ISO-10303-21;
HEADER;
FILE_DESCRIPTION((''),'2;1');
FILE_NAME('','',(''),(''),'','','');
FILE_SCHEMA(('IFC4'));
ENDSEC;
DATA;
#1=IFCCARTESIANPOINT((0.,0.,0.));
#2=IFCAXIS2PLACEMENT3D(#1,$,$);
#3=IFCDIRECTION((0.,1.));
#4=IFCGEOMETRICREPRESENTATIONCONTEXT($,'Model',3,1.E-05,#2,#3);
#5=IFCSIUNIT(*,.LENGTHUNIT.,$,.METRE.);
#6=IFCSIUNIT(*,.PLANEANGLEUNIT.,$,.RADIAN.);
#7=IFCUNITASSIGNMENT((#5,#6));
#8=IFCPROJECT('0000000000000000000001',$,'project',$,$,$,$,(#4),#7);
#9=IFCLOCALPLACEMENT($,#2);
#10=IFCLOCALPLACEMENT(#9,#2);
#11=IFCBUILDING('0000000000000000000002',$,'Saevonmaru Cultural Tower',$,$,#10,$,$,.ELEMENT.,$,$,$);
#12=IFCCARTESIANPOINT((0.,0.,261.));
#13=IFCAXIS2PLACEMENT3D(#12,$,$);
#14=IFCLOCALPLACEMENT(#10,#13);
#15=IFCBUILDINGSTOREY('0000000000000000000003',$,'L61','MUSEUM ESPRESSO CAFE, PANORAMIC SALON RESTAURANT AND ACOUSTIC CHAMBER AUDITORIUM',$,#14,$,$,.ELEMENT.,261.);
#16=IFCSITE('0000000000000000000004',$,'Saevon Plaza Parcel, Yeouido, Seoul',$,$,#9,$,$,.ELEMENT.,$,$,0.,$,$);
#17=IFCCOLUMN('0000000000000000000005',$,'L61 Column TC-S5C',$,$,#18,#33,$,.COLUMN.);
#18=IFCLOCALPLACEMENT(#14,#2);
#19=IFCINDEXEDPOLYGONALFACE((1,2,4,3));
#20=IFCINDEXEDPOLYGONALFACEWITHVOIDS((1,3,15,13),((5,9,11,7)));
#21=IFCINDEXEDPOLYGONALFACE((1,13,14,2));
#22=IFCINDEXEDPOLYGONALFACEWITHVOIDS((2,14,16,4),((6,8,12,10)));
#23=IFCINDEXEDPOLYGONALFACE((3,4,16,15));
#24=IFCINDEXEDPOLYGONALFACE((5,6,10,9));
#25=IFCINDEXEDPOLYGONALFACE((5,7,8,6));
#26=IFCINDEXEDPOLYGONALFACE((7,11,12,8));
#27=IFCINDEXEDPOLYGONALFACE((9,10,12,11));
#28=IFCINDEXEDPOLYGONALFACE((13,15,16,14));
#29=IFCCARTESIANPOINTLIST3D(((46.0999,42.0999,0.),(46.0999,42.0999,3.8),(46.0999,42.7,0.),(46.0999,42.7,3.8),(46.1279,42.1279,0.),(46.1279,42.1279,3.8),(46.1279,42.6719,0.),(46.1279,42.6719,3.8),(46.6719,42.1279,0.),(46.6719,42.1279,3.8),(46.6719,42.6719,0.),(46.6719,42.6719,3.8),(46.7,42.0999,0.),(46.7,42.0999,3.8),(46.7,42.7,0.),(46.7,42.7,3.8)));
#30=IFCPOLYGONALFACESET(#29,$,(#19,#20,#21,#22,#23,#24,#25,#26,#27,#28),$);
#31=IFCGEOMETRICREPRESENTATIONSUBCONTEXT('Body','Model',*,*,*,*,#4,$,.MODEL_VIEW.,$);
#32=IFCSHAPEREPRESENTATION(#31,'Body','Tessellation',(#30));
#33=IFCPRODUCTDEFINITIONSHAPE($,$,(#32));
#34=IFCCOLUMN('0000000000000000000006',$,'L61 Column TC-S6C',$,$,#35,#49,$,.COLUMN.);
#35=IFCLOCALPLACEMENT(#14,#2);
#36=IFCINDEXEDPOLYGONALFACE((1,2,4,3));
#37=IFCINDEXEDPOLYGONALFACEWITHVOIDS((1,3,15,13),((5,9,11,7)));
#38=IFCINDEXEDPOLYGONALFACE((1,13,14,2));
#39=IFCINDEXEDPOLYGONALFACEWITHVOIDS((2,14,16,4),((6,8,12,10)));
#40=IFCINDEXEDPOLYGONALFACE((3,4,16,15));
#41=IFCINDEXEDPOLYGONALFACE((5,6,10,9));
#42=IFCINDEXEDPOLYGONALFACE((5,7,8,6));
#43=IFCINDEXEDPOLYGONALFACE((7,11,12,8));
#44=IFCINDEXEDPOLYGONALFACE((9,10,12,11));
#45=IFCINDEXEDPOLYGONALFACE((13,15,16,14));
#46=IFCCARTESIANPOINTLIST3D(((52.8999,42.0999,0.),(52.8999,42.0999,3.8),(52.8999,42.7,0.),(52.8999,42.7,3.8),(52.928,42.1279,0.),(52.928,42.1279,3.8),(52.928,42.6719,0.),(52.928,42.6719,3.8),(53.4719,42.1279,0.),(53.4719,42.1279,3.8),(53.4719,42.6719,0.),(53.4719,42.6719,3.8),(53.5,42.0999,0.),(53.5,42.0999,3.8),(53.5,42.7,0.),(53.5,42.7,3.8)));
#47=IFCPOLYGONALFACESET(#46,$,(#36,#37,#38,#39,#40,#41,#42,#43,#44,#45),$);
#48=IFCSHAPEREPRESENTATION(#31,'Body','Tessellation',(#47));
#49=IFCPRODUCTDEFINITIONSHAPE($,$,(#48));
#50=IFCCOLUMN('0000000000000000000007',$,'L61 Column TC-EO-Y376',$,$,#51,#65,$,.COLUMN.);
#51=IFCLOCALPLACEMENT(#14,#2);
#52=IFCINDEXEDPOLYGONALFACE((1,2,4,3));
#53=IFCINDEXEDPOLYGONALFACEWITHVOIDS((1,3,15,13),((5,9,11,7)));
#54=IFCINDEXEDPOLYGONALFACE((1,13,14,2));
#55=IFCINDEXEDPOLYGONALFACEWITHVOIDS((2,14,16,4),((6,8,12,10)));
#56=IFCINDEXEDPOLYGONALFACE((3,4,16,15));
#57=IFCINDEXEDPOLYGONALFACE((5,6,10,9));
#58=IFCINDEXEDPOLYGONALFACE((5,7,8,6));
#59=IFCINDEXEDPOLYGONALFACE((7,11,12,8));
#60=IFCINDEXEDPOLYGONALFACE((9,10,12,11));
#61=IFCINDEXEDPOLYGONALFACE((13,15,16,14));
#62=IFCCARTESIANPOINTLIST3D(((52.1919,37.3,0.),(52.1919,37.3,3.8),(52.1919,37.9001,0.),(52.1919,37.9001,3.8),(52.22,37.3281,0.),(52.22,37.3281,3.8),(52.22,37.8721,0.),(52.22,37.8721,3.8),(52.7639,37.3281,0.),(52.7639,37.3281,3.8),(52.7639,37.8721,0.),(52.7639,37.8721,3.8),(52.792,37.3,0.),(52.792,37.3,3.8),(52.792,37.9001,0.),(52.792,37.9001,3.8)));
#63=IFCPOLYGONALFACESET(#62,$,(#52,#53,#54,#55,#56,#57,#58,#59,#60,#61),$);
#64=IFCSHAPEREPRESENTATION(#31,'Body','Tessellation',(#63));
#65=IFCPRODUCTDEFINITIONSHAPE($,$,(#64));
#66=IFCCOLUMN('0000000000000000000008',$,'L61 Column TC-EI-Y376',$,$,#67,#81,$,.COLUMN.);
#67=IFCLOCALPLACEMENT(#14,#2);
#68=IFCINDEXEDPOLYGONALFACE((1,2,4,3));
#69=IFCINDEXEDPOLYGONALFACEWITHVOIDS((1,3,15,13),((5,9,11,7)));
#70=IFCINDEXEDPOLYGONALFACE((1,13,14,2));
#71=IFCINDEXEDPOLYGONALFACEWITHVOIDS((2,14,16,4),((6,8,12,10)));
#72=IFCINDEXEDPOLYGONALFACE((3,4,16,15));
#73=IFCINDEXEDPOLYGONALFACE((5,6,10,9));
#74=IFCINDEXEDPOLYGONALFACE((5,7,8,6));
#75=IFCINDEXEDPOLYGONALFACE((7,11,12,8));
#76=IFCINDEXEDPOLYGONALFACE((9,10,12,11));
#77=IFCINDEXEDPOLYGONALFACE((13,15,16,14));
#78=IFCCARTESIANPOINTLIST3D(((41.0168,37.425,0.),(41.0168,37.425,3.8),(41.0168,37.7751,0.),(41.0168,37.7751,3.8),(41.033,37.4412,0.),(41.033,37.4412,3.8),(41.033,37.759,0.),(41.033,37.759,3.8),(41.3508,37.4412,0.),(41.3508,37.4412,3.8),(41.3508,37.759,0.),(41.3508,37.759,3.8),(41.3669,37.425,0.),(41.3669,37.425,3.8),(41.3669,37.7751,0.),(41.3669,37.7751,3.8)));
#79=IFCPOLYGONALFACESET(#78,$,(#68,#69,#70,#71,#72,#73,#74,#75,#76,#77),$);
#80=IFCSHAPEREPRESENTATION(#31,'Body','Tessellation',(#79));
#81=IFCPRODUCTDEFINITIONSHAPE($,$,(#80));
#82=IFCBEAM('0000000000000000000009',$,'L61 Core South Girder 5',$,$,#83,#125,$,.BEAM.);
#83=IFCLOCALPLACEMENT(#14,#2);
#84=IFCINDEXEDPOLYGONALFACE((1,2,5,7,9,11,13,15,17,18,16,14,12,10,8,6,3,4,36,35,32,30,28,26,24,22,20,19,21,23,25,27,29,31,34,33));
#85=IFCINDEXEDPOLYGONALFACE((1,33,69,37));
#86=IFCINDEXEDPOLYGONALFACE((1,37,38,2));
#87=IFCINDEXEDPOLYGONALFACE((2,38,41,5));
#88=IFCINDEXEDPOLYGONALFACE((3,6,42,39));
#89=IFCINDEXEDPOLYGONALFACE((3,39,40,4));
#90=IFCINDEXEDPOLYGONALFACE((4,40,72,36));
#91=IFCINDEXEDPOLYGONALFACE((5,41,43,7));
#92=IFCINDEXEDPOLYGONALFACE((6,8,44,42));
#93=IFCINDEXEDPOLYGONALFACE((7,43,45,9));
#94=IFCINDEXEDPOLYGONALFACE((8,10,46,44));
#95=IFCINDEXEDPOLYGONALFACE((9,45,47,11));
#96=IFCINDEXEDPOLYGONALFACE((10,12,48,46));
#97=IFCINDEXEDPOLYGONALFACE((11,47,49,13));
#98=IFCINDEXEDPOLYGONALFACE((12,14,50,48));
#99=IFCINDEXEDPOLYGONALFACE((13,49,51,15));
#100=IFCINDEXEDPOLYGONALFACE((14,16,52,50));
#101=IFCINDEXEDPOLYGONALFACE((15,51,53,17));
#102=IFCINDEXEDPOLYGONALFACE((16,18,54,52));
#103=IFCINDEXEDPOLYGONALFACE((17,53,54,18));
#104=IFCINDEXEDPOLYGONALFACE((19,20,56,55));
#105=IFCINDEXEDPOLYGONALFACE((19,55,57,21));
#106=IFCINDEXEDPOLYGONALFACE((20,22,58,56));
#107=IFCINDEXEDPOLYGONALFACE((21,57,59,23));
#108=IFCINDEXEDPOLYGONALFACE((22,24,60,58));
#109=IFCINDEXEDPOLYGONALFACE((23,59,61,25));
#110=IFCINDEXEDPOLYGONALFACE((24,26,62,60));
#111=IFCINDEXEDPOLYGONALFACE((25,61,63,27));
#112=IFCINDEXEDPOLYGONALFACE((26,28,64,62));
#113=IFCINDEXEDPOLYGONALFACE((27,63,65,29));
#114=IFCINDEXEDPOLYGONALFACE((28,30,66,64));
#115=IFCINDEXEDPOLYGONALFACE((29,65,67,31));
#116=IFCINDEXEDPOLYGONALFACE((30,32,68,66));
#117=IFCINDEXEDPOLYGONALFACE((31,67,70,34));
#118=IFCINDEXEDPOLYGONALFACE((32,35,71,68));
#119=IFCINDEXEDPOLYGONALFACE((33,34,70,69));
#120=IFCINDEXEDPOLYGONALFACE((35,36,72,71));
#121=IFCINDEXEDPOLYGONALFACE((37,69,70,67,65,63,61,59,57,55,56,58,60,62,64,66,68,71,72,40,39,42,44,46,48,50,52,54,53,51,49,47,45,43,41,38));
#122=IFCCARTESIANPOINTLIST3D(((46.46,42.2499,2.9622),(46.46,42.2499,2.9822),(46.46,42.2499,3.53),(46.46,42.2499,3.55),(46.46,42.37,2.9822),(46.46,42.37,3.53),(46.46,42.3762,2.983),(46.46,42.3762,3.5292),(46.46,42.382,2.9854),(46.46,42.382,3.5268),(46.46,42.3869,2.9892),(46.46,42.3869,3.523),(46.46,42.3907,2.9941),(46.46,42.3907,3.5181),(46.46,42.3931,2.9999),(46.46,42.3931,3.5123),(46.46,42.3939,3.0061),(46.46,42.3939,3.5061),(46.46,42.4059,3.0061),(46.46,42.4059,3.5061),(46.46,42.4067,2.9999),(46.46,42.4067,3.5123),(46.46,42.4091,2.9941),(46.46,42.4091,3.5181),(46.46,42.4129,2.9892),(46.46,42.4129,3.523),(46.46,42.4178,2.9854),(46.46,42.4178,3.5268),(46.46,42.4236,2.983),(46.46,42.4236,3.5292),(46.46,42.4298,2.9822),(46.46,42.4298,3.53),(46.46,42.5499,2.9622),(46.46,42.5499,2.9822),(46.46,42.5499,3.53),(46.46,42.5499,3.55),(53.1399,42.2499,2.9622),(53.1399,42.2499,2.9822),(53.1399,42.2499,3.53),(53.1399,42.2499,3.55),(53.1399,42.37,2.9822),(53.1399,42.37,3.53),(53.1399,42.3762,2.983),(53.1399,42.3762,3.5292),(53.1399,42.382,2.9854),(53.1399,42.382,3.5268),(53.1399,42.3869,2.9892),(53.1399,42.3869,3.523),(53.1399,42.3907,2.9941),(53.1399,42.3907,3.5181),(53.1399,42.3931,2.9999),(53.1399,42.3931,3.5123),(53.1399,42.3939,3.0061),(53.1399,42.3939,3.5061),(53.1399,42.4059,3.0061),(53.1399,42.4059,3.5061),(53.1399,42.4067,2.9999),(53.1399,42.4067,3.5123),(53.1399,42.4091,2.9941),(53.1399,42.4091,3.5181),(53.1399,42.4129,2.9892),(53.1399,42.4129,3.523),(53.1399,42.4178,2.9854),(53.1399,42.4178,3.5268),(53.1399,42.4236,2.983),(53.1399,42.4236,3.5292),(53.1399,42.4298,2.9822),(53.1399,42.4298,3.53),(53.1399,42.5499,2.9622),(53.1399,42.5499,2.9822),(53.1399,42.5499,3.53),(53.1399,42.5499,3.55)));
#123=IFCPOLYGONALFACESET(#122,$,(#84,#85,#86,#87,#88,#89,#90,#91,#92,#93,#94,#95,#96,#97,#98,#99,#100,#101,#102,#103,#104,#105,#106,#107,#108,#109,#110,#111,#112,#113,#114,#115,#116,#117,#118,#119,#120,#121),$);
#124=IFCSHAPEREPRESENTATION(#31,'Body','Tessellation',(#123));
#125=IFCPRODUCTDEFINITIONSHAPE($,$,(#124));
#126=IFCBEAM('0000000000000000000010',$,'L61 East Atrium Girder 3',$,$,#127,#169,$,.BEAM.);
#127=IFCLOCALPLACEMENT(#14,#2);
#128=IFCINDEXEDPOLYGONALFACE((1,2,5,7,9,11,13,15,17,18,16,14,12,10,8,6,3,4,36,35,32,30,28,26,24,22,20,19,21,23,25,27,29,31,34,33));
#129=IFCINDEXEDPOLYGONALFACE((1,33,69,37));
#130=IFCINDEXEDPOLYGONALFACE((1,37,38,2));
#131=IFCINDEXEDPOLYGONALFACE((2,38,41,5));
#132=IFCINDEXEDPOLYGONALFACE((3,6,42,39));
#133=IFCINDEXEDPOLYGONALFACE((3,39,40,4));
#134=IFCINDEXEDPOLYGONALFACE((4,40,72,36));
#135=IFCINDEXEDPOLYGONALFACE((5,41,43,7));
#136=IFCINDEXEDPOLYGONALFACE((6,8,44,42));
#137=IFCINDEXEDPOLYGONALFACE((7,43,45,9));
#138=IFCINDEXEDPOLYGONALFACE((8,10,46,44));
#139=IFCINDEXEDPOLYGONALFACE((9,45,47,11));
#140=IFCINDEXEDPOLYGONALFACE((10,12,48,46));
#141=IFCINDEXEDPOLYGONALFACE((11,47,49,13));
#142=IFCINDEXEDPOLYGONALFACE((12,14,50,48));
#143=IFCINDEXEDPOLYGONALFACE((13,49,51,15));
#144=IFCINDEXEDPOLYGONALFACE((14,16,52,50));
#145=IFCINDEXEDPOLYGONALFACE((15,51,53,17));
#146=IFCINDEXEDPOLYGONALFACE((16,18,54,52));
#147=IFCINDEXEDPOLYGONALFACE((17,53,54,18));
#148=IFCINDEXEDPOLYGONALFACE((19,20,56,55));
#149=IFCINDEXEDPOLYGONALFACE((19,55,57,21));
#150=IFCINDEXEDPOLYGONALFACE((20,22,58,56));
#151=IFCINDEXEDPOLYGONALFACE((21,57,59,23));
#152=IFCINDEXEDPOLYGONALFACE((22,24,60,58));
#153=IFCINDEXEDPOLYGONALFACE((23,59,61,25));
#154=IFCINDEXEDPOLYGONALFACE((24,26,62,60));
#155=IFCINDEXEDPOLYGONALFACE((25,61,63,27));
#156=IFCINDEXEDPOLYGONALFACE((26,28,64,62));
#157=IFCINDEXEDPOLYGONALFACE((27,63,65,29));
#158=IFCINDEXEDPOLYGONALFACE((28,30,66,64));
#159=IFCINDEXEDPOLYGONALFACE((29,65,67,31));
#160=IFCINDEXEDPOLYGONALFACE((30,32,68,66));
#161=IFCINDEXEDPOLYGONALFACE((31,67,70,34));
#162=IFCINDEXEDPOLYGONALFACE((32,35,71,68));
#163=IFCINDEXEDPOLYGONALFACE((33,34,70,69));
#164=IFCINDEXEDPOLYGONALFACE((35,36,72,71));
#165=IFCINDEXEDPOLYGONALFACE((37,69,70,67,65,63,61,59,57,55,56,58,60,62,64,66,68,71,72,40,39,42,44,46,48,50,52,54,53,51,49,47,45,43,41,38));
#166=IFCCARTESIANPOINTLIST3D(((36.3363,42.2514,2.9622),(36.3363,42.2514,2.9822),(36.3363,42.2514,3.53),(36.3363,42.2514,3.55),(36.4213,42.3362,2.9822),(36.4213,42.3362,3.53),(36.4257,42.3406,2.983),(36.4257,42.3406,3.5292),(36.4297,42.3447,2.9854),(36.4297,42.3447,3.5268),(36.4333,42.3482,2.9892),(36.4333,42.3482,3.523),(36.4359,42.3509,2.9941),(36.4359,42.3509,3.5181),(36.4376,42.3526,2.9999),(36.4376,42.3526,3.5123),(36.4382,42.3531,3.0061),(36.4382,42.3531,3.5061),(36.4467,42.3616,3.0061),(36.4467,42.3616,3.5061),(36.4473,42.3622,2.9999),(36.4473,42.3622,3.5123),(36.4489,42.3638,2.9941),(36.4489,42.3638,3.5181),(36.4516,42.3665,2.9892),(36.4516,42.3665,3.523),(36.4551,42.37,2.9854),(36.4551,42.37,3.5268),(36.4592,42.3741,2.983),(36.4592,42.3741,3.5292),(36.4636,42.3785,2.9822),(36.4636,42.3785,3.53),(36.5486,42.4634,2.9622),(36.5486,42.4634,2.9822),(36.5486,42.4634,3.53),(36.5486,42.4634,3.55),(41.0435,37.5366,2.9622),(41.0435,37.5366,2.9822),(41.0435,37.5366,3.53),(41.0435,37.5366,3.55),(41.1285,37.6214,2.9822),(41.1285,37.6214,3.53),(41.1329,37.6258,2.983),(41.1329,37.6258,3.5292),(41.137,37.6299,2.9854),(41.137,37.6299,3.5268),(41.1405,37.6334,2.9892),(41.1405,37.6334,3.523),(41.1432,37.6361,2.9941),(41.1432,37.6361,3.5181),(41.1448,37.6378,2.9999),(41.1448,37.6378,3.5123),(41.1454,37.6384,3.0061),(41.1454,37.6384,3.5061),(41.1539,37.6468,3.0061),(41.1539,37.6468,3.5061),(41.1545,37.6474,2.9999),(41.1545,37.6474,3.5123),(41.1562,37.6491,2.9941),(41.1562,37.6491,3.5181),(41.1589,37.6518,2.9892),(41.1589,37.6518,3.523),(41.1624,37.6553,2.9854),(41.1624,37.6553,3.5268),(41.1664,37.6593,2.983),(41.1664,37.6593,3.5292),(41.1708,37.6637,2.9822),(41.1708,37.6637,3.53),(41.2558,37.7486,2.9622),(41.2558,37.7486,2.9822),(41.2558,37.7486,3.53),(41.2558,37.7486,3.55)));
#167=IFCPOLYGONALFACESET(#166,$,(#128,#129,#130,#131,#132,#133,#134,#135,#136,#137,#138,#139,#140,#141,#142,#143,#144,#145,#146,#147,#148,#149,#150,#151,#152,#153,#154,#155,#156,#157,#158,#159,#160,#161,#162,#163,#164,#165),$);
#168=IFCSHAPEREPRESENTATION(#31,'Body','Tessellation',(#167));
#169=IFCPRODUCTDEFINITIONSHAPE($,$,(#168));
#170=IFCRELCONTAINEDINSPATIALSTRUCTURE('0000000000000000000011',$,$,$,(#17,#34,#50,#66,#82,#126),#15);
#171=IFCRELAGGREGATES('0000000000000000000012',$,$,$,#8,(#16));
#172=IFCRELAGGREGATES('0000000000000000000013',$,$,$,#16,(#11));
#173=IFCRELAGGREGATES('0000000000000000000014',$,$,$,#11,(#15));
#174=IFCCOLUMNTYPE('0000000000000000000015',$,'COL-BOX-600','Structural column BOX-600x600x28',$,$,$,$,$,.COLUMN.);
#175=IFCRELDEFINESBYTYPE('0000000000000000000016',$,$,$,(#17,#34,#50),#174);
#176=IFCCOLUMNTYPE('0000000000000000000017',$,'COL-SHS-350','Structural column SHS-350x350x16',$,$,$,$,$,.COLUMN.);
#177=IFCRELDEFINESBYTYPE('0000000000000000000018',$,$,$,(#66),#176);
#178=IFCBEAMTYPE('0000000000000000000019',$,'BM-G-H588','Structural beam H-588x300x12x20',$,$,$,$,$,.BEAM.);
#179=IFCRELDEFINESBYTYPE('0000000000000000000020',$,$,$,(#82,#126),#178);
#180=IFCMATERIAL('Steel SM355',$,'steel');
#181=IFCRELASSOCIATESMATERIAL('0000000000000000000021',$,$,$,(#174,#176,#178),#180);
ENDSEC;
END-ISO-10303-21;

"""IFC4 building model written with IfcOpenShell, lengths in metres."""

from ifc_helpers import new_model, si_unit, direction, frame, origin, origin_2d, place, context, subcontext, project, spatial, hollow_rectangle, i_section, extrude, material, material_profile, profile_set, type_object, element, save


model = new_model("IFC4")

# Units and contexts
model_context = context("Model", 3, precision=1e-05, world=origin(), true_north=direction((0.0, 1.0)))
body_context = subcontext(model_context, "Body", "Model", "MODEL_VIEW")
ifc_project = project(units=[si_unit("LENGTHUNIT", "METRE"), si_unit("PLANEANGLEUNIT", "RADIAN")], contexts=[model_context])

# Site, building, storey
site_placement = place(None, origin())
site = spatial("IfcSite", under=ifc_project, at=site_placement, Name="Saevon Plaza Parcel, Yeouido, Seoul", CompositionType="ELEMENT", RefElevation=0.0)
building_placement = place(site_placement, origin())
building = spatial("IfcBuilding", under=site, at=building_placement, Name="Saevonmaru Cultural Tower", CompositionType="ELEMENT")
storey_placement = place(building_placement, frame((0.0, 0.0, 261.0)))
storey = spatial("IfcBuildingStorey", under=building, at=storey_placement, Name="L61", Description="MUSEUM ESPRESSO CAFE, PANORAMIC SALON RESTAURANT AND ACOUSTIC CHAMBER AUDITORIUM", CompositionType="ELEMENT", Elevation=261.0)

# Columns
ifc_material_1 = material(Name="Steel SM355", Category="steel")
ifc_material_profile_1 = material_profile(ifc_material_1, hollow_rectangle(XDim=0.6001, YDim=0.6001, WallThickness=0.0281, at=origin_2d()), Name="BOX-600x600x28")
ifc_profile_set_1 = profile_set([ifc_material_profile_1], Name="Steel SM355")
column_type_1 = type_object("IfcColumnType", Name="COL-BOX-600", Description="Structural column BOX-600x600x28", PredefinedType="COLUMN", material=ifc_profile_set_1)
for number, where, z_axis, x_axis, name in (
    (1, (46.3999, 42.3999, 0.0), (0.0, 0.0, 1.0), (1.0, 0.0, 0.0), "L61 Column TC-S5C"),
    (2, (53.2, 42.3999, 0.0), (0.0, 0.0, 1.0), (1.0, 0.0, 0.0), "L61 Column TC-S6C"),
    (3, (52.4919, 37.6001, 0.0), (0.0, 0.0, 1.0), (1.0, 0.0, 0.0), "L61 Column TC-EO-Y376"),
):
    element("IfcColumn", number, at=place(storey_placement, frame(where, z_axis=z_axis, x_axis=x_axis)), inside=storey, type_object=column_type_1, Name=name, PredefinedType="COLUMN", context=body_context, shape_type="SweptSolid", body=[
        extrude(hollow_rectangle(XDim=0.6001, YDim=0.6001, WallThickness=0.0281, at=origin_2d()), origin(), (0.0, 0.0, 1.0), 3.8),
    ])
ifc_material_profile_2 = material_profile(ifc_material_1, hollow_rectangle(XDim=0.3501, YDim=0.3501, WallThickness=0.0161, at=origin_2d()), Name="SHS-350x350x16")
ifc_profile_set_2 = profile_set([ifc_material_profile_2], Name="Steel SM355")
column_type_2 = type_object("IfcColumnType", Name="COL-SHS-350", Description="Structural column SHS-350x350x16", PredefinedType="COLUMN", material=ifc_profile_set_2)
column_placement = place(storey_placement, frame((41.1919, 37.6001, 0.0), z_axis=(0.0, 0.0, 1.0), x_axis=(1.0, 0.0, 0.0)))
element("IfcColumn", 4, at=column_placement, inside=storey, type_object=column_type_2, Name="L61 Column TC-EI-Y376", PredefinedType="COLUMN", context=body_context, shape_type="SweptSolid", body=[
    extrude(hollow_rectangle(XDim=0.3501, YDim=0.3501, WallThickness=0.0161, at=origin_2d()), origin(), (0.0, 0.0, 1.0), 3.8),
])

# Beams
ifc_material_profile_3 = material_profile(ifc_material_1, i_section(OverallWidth=0.3, OverallDepth=0.5879, WebThickness=0.012, FlangeThickness=0.02, FilletRadius=0.0239, at=origin_2d()), Name="H-588x300x12x20")
ifc_profile_set_3 = profile_set([ifc_material_profile_3], Name="Steel SM355")
beam_type_1 = type_object("IfcBeamType", Name="BM-G-H588", Description="Structural beam H-588x300x12x20", PredefinedType="BEAM", material=ifc_profile_set_3)
beam_1_placement = place(storey_placement, frame((46.46, 42.3999, 3.2561), z_axis=(1.0, 0.0, 0.0), x_axis=(0.0, 1.0, 0.0)))
element("IfcBeam", 5, at=beam_1_placement, inside=storey, type_object=beam_type_1, Name="L61 Core South Girder 5", PredefinedType="BEAM", context=body_context, shape_type="SweptSolid", body=[
    extrude(i_section(OverallWidth=0.3, OverallDepth=0.5879, WebThickness=0.012, FlangeThickness=0.02, FilletRadius=0.0239, at=origin_2d()), origin(), (0.0, 0.0, 1.0), 6.6799),
])
beam_2_placement = place(storey_placement, frame((41.1497, 37.6426, 3.2561), z_axis=(-0.706539, 0.707675, 0.0), x_axis=(-0.707675, -0.706539, 0.0)))
element("IfcBeam", 6, at=beam_2_placement, inside=storey, type_object=beam_type_1, Name="L61 East Atrium Girder 3", PredefinedType="BEAM", context=body_context, shape_type="SweptSolid", body=[
    extrude(i_section(OverallWidth=0.3, OverallDepth=0.5879, WebThickness=0.012, FlangeThickness=0.02, FilletRadius=0.0239, at=origin_2d()), origin(), (0.0, 0.0, 1.0), 6.6624),
])

save(model, "model.ifc")
